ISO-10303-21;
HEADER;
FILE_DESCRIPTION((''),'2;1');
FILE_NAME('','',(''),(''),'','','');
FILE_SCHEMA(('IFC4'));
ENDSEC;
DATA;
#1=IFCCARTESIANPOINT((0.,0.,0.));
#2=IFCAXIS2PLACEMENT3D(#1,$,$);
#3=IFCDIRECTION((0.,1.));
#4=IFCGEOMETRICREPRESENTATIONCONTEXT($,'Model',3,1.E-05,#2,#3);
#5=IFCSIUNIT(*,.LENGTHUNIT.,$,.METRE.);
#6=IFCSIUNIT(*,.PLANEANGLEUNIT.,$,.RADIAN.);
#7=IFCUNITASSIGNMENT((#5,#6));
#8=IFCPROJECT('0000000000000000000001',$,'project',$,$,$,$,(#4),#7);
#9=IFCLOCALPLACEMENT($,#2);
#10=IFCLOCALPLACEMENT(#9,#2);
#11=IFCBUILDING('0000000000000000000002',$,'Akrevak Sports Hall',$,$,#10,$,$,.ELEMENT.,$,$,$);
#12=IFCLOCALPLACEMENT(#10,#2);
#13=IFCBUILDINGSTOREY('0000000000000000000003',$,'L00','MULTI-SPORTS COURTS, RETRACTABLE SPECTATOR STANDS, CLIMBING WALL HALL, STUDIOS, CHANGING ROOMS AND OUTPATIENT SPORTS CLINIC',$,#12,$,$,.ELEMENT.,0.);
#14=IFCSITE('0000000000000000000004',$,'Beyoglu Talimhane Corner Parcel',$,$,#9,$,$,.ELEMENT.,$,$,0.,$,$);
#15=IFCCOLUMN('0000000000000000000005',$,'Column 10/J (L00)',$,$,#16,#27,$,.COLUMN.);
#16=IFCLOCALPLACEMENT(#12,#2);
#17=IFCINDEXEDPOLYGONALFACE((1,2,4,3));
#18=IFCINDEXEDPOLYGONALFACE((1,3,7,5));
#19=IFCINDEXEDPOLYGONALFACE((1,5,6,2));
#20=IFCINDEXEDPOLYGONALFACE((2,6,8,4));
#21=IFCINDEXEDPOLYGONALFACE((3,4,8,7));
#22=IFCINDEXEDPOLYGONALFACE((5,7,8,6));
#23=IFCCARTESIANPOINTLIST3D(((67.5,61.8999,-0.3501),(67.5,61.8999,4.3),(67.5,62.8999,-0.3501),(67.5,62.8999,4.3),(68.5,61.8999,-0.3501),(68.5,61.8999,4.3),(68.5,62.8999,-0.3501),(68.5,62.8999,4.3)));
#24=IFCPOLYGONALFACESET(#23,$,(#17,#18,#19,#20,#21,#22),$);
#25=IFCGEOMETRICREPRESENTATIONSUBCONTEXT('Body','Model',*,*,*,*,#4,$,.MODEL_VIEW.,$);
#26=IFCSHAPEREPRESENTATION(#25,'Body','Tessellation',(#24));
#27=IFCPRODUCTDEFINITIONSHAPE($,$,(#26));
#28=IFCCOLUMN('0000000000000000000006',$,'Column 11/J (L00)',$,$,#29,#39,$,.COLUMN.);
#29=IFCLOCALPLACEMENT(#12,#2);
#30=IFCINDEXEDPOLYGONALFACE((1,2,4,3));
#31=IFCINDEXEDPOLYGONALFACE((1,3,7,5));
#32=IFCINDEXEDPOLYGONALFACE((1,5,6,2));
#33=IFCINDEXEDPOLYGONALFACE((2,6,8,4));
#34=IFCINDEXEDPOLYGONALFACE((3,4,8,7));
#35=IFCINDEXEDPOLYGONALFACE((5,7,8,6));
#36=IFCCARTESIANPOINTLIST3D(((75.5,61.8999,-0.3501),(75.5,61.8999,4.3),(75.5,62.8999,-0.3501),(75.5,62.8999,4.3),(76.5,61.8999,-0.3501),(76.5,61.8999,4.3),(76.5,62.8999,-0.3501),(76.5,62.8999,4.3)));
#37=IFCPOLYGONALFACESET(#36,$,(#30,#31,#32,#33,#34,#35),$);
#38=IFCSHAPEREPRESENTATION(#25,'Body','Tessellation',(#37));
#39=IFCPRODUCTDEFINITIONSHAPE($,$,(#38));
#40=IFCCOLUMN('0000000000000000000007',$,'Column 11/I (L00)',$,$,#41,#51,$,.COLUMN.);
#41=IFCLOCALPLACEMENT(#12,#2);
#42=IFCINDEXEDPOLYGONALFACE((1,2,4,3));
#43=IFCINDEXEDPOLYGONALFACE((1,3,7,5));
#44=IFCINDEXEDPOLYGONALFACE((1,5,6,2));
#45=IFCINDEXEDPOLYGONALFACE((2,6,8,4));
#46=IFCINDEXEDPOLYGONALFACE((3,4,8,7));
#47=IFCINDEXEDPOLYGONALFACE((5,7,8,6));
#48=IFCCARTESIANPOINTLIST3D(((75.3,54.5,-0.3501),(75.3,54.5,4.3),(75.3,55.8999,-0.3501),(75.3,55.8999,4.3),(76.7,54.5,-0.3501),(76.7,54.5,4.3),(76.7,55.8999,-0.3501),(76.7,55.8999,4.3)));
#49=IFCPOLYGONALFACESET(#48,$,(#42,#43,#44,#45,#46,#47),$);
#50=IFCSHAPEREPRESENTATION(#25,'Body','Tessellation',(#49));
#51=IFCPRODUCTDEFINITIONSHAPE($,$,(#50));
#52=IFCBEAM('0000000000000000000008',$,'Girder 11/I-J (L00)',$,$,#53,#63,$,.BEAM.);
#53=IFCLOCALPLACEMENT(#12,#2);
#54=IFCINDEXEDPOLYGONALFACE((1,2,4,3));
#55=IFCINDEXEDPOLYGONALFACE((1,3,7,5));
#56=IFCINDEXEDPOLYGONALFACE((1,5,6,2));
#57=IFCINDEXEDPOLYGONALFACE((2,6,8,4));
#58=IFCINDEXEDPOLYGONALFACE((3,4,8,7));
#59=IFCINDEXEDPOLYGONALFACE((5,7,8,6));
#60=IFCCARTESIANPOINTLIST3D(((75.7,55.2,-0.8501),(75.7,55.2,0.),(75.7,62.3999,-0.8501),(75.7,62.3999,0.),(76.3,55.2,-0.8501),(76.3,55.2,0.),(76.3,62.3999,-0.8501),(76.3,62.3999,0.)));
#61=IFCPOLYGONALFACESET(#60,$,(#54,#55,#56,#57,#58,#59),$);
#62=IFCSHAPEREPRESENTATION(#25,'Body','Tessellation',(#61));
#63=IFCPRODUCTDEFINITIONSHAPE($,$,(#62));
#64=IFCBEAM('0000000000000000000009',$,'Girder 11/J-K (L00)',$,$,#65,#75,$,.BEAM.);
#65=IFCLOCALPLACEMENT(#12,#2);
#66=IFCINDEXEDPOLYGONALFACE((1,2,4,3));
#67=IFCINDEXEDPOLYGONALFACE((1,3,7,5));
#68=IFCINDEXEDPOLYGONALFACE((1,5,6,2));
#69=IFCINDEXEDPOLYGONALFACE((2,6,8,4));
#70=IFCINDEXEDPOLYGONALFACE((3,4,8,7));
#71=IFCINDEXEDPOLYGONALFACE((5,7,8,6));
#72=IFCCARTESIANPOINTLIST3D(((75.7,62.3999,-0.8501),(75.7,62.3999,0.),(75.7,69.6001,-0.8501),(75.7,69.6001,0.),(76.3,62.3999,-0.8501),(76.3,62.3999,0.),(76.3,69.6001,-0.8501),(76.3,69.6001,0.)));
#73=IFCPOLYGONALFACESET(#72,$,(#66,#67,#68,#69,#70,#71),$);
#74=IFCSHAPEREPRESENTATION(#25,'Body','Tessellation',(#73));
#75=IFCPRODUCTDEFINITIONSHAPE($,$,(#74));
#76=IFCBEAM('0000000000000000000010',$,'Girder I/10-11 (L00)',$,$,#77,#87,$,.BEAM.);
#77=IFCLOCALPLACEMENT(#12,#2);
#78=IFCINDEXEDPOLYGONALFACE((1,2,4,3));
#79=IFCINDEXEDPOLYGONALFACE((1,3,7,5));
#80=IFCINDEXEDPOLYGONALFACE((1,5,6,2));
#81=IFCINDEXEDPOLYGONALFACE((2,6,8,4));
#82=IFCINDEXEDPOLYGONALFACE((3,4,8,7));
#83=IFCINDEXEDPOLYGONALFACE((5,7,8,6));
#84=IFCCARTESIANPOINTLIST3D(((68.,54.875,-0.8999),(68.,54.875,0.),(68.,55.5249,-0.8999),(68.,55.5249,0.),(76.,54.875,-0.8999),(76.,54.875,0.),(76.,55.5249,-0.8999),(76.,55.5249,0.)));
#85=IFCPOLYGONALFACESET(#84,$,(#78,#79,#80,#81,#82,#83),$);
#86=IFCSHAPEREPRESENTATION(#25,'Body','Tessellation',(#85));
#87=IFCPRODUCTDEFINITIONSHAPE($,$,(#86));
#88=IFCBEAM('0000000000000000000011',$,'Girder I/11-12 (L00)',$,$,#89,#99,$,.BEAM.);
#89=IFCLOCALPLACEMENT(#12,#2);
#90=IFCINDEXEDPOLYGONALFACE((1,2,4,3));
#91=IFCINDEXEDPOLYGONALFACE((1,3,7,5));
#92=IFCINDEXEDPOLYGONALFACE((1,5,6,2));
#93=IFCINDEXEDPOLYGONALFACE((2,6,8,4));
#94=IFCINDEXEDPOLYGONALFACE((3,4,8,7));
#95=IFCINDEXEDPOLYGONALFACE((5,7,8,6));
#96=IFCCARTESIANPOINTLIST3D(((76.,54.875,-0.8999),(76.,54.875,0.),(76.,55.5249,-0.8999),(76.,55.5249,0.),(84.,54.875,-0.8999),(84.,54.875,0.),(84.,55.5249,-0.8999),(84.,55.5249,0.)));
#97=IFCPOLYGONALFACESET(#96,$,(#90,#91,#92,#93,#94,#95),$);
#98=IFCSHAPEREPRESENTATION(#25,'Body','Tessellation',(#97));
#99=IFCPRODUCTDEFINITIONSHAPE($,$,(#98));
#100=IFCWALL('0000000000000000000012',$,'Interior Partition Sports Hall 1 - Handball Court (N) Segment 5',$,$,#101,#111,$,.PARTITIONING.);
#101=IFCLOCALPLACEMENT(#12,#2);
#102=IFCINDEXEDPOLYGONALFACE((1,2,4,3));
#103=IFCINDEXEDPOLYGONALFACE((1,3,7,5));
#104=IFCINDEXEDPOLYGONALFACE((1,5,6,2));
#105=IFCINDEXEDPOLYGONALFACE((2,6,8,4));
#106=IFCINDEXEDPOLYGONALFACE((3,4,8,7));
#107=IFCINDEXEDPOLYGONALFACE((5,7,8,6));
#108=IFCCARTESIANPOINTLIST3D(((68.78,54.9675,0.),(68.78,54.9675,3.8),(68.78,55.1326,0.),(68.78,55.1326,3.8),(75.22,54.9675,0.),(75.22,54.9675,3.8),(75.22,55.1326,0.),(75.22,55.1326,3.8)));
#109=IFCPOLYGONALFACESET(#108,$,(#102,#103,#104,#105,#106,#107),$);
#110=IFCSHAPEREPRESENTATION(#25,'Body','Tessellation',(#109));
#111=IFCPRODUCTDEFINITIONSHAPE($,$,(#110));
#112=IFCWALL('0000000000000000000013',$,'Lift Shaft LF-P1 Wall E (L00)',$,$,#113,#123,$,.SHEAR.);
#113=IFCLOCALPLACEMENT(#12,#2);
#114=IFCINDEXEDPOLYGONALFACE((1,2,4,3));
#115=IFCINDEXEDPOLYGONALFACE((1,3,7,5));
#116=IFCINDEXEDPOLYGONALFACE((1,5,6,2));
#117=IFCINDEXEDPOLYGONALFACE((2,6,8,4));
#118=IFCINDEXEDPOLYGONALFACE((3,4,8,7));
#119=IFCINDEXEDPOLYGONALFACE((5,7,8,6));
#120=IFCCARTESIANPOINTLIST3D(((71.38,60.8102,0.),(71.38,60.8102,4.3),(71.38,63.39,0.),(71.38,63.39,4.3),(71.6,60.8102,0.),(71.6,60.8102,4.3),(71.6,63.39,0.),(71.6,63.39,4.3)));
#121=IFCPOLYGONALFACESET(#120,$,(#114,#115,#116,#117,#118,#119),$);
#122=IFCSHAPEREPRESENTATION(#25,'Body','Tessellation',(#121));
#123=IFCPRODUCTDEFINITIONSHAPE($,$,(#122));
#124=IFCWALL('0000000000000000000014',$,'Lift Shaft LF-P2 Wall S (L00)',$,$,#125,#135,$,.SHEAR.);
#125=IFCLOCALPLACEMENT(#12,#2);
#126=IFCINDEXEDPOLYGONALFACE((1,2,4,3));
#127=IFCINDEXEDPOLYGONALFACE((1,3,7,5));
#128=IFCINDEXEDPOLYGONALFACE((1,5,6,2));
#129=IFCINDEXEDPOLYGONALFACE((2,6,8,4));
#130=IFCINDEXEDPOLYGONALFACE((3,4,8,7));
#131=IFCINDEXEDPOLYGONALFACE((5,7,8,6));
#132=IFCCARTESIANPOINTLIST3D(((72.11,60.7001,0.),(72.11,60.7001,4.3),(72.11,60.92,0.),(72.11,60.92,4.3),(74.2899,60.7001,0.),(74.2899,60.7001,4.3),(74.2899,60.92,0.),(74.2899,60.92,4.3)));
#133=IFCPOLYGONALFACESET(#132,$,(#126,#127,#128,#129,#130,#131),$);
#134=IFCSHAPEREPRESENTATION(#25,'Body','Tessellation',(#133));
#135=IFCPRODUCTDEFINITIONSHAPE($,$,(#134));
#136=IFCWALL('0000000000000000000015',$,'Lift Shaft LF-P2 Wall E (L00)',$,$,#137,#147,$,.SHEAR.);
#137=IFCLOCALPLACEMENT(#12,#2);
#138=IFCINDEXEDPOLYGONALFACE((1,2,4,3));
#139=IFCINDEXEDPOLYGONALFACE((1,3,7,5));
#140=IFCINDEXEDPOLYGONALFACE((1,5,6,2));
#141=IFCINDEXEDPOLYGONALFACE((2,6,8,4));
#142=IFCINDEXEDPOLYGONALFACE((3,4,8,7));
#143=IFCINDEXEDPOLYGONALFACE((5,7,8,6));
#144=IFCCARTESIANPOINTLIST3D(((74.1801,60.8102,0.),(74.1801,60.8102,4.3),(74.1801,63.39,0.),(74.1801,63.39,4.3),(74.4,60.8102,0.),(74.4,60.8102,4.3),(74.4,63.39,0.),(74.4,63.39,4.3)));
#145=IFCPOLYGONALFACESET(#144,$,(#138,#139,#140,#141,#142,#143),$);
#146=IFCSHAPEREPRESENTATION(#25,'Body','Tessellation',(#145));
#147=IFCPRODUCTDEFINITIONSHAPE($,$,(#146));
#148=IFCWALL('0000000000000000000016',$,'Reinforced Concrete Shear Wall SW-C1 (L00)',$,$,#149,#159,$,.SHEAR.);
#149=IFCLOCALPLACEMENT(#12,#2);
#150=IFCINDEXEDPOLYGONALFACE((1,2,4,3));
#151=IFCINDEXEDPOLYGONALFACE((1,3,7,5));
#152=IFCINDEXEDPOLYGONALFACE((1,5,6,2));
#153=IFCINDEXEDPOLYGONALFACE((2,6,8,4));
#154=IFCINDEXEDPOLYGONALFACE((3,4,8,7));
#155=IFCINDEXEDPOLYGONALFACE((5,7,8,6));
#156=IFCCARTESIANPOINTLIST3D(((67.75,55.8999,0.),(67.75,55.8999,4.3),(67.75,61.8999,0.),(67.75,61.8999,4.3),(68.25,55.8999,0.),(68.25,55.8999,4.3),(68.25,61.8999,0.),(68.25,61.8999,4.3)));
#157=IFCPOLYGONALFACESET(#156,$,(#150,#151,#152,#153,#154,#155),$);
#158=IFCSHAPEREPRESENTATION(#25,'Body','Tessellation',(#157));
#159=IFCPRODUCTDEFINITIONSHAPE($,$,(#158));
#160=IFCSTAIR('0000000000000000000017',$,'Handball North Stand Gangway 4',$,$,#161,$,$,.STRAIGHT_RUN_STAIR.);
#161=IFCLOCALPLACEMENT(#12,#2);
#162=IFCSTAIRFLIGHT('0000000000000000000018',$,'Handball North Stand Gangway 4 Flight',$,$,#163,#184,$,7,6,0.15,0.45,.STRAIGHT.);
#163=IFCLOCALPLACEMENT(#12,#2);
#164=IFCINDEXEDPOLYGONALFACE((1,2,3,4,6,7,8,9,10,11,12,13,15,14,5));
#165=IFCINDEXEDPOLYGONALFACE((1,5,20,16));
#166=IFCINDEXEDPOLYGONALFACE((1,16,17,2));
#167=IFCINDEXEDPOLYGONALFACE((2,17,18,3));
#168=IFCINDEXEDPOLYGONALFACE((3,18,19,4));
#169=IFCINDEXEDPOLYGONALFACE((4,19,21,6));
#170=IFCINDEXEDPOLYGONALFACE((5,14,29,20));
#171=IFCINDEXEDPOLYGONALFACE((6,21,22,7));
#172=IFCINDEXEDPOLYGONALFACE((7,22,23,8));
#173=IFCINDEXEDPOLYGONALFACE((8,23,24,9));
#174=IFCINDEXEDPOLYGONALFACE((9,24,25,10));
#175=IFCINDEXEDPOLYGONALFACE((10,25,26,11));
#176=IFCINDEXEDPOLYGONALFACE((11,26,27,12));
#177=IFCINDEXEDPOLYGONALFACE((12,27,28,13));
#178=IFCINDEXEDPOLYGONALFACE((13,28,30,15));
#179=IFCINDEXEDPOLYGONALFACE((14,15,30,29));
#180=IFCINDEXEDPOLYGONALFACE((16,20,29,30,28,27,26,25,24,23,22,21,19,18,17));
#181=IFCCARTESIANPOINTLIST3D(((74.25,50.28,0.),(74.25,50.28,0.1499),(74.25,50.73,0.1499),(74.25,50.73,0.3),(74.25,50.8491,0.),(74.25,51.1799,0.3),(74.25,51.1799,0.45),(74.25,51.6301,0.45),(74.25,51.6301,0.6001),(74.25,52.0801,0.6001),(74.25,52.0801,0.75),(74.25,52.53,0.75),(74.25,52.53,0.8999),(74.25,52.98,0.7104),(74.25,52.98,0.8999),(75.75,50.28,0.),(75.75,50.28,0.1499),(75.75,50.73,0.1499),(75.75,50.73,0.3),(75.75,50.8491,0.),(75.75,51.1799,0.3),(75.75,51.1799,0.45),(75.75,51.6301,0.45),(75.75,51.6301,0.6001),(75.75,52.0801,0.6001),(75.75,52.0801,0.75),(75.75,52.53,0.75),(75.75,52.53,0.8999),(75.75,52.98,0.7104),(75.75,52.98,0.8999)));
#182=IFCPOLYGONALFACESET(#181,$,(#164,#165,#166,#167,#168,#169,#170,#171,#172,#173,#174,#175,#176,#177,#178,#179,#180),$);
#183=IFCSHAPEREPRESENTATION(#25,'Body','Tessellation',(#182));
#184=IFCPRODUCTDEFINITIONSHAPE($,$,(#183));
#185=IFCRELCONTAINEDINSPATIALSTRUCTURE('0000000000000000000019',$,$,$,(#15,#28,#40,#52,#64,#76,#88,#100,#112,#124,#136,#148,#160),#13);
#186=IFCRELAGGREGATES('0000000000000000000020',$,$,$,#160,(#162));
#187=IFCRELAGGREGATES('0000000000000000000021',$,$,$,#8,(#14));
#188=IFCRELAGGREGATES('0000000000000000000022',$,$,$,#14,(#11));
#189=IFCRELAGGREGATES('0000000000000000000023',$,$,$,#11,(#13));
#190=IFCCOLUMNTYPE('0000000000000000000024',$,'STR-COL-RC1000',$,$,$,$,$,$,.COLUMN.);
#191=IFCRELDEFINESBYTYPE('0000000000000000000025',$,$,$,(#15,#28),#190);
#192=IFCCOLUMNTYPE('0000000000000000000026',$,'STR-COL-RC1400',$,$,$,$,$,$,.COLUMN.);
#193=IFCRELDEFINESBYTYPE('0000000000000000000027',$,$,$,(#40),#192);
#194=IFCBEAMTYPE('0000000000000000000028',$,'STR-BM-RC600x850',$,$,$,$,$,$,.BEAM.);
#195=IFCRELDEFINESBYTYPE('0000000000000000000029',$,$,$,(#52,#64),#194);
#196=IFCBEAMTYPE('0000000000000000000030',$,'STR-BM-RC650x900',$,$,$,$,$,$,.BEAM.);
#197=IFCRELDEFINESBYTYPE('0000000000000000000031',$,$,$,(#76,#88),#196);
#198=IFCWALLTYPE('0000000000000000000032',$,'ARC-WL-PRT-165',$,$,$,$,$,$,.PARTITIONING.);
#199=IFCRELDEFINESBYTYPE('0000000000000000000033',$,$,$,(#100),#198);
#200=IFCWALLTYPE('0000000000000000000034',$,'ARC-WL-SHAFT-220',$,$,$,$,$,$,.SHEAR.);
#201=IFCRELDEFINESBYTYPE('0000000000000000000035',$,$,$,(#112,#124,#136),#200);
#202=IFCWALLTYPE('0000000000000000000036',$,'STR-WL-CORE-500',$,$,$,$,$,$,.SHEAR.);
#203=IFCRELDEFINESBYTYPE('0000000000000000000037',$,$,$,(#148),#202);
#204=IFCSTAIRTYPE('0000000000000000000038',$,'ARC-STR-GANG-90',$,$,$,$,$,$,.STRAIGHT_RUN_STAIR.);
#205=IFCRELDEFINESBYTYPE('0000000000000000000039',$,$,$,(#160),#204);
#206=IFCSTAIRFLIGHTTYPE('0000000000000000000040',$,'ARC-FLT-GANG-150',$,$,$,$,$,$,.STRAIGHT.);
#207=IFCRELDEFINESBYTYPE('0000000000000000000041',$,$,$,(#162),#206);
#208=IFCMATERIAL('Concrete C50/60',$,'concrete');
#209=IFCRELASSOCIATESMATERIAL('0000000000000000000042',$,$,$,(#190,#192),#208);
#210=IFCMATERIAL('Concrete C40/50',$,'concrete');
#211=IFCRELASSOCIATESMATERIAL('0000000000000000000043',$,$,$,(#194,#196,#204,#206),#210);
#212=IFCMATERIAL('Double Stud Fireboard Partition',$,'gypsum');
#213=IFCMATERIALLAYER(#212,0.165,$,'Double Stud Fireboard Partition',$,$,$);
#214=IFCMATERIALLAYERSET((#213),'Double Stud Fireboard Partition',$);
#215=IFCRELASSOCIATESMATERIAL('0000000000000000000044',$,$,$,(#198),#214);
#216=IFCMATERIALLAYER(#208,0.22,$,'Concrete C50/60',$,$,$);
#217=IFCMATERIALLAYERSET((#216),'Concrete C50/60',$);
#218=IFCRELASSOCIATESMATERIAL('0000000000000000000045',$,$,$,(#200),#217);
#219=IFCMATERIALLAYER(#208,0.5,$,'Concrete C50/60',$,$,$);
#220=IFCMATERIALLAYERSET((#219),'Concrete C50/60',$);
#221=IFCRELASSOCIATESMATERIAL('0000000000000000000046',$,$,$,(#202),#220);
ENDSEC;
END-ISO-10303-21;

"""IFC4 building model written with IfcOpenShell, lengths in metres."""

from ifc_helpers import new_model, si_unit, direction, frame, frame_2d, origin, origin_2d, place, context, subcontext, project, spatial, polyline, rectangle, outline, extrude, material, layer, layer_set, material_profile, profile_set, type_object, element, aggregate, save


model = new_model("IFC4")

# Units and contexts
model_context = context("Model", 3, precision=1e-05, world=origin(), true_north=direction((0.0, 1.0)))
body_context = subcontext(model_context, "Body", "Model", "MODEL_VIEW")
ifc_project = project(units=[si_unit("LENGTHUNIT", "METRE"), si_unit("PLANEANGLEUNIT", "RADIAN")], contexts=[model_context])

# Site, building, storey
site_placement = place(None, origin())
site = spatial("IfcSite", under=ifc_project, at=site_placement, Name="Beyoglu Talimhane Corner Parcel", CompositionType="ELEMENT", RefElevation=0.0)
building_placement = place(site_placement, origin())
building = spatial("IfcBuilding", under=site, at=building_placement, Name="Akrevak Sports Hall", CompositionType="ELEMENT")
storey_placement = place(building_placement, origin())
storey = spatial("IfcBuildingStorey", under=building, at=storey_placement, Name="L00", Description="MULTI-SPORTS COURTS, RETRACTABLE SPECTATOR STANDS, CLIMBING WALL HALL, STUDIOS, CHANGING ROOMS AND OUTPATIENT SPORTS CLINIC", CompositionType="ELEMENT", Elevation=0.0)

# Columns
ifc_material_1 = material(Name="Concrete C50/60", Category="concrete")
ifc_material_profile_1 = material_profile(ifc_material_1, rectangle(XDim=1.0, YDim=1.0, at=origin_2d()), Name="RC 1000x1000", Category="concrete")
ifc_profile_set_1 = profile_set([ifc_material_profile_1], Name="Concrete C50/60")
column_type_1 = type_object("IfcColumnType", Name="STR-COL-RC1000", PredefinedType="COLUMN", material=ifc_profile_set_1)
for number, where, z_axis, x_axis, name in (
    (1, (68.0, 62.3999, -0.3501), (0.0, 0.0, 1.0), (1.0, 0.0, 0.0), "Column 10/J (L00)"),
    (2, (76.0, 62.3999, -0.3501), (0.0, 0.0, 1.0), (1.0, 0.0, 0.0), "Column 11/J (L00)"),
):
    element("IfcColumn", number, at=place(storey_placement, frame(where, z_axis=z_axis, x_axis=x_axis)), inside=storey, type_object=column_type_1, Name=name, PredefinedType="COLUMN", context=body_context, shape_type="SweptSolid", body=[
        extrude(rectangle(XDim=1.0, YDim=1.0, at=origin_2d()), origin(), (0.0, 0.0, 1.0), 4.6501),
    ])
ifc_material_profile_2 = material_profile(ifc_material_1, rectangle(XDim=1.3999, YDim=1.3999, at=origin_2d()), Name="RC 1400x1400", Category="concrete")
ifc_profile_set_2 = profile_set([ifc_material_profile_2], Name="Concrete C50/60")
column_type_2 = type_object("IfcColumnType", Name="STR-COL-RC1400", PredefinedType="COLUMN", material=ifc_profile_set_2)
column_placement = place(storey_placement, frame((76.0, 55.2, -0.3501), z_axis=(0.0, 0.0, 1.0), x_axis=(1.0, 0.0, 0.0)))
element("IfcColumn", 3, at=column_placement, inside=storey, type_object=column_type_2, Name="Column 11/I (L00)", PredefinedType="COLUMN", context=body_context, shape_type="SweptSolid", body=[
    extrude(rectangle(XDim=1.3999, YDim=1.3999, at=origin_2d()), origin(), (0.0, 0.0, 1.0), 4.6501),
])

# Beams
ifc_material_2 = material(Name="Concrete C40/50", Category="concrete")
ifc_material_profile_3 = material_profile(ifc_material_2, rectangle(XDim=0.6001, YDim=0.8501, at=origin_2d()), Name="BM 600x850", Category="concrete")
ifc_profile_set_3 = profile_set([ifc_material_profile_3], Name="Concrete C40/50")
beam_type_1 = type_object("IfcBeamType", Name="STR-BM-RC600x850", PredefinedType="BEAM", material=ifc_profile_set_3)
beam_1_placement = place(storey_placement, frame((76.0, 55.2, -0.425), z_axis=(0.0, 1.0, 0.0), x_axis=(-1.0, 0.0, 0.0)))
element("IfcBeam", 4, at=beam_1_placement, inside=storey, type_object=beam_type_1, Name="Girder 11/I-J (L00)", PredefinedType="BEAM", context=body_context, shape_type="SweptSolid", body=[
    extrude(rectangle(XDim=0.6001, YDim=0.8501, at=origin_2d()), origin(), (0.0, 0.0, 1.0), 7.2),
])
beam_2_placement = place(storey_placement, frame((76.0, 62.3999, -0.425), z_axis=(0.0, 1.0, 0.0), x_axis=(-1.0, 0.0, 0.0)))
element("IfcBeam", 5, at=beam_2_placement, inside=storey, type_object=beam_type_1, Name="Girder 11/J-K (L00)", PredefinedType="BEAM", context=body_context, shape_type="SweptSolid", body=[
    extrude(rectangle(XDim=0.6001, YDim=0.8501, at=origin_2d()), origin(), (0.0, 0.0, 1.0), 7.2002),
])
ifc_material_profile_4 = material_profile(ifc_material_2, rectangle(XDim=0.6499, YDim=0.8999, at=origin_2d()), Name="BM 650x900", Category="concrete")
ifc_profile_set_4 = profile_set([ifc_material_profile_4], Name="Concrete C40/50")
beam_type_2 = type_object("IfcBeamType", Name="STR-BM-RC650x900", PredefinedType="BEAM", material=ifc_profile_set_4)
for number, where, z_axis, x_axis, name in (
    (6, (68.0, 55.2, -0.45), (1.0, 0.0, 0.0), (0.0, 1.0, 0.0), "Girder I/10-11 (L00)"),
    (7, (76.0, 55.2, -0.45), (1.0, 0.0, 0.0), (0.0, 1.0, 0.0), "Girder I/11-12 (L00)"),
):
    element("IfcBeam", number, at=place(storey_placement, frame(where, z_axis=z_axis, x_axis=x_axis)), inside=storey, type_object=beam_type_2, Name=name, PredefinedType="BEAM", context=body_context, shape_type="SweptSolid", body=[
        extrude(rectangle(XDim=0.6499, YDim=0.8999, at=origin_2d()), origin(), (0.0, 0.0, 1.0), 8.0),
    ])

# Walls
ifc_material_3 = material(Name="Double Stud Fireboard Partition", Category="gypsum")
ifc_layer_1 = layer(ifc_material_3, 0.165, Name="Double Stud Fireboard Partition")
ifc_layer_set_1 = layer_set([ifc_layer_1], Name="Double Stud Fireboard Partition")
wall_type_1 = type_object("IfcWallType", Name="ARC-WL-PRT-165", PredefinedType="PARTITIONING", material=ifc_layer_set_1)
wall_1_placement = place(storey_placement, frame((68.78, 55.05, 0.0), z_axis=(0.0, 0.0, 1.0), x_axis=(1.0, 0.0, 0.0)))
element("IfcWall", 8, at=wall_1_placement, inside=storey, type_object=wall_type_1, Name="Interior Partition Sports Hall 1 - Handball Court (N) Segment 5", PredefinedType="PARTITIONING", context=body_context, shape_type="SweptSolid", body=[
    extrude(rectangle(XDim=6.4399, YDim=0.165, at=frame_2d((3.22, 0.0))), origin(), (0.0, 0.0, 1.0), 3.8),
])
ifc_layer_2 = layer(ifc_material_1, 0.22, Name="Concrete C50/60")
ifc_layer_set_2 = layer_set([ifc_layer_2], Name="Concrete C50/60")
wall_type_2 = type_object("IfcWallType", Name="ARC-WL-SHAFT-220", PredefinedType="SHEAR", material=ifc_layer_set_2)
wall_2_placement = place(storey_placement, frame((71.49, 60.8101, 0.0), z_axis=(0.0, 0.0, 1.0), x_axis=(0.0, 1.0, 0.0)))
element("IfcWall", 9, at=wall_2_placement, inside=storey, type_object=wall_type_2, Name="Lift Shaft LF-P1 Wall E (L00)", PredefinedType="SHEAR", context=body_context, shape_type="SweptSolid", body=[
    extrude(rectangle(XDim=2.5798, YDim=0.22, at=frame_2d((1.29, 0.0))), origin(), (0.0, 0.0, 1.0), 4.3),
])
wall_3_placement = place(storey_placement, frame((72.1101, 60.8101, 0.0), z_axis=(0.0, 0.0, 1.0), x_axis=(1.0, 0.0, 0.0)))
element("IfcWall", 10, at=wall_3_placement, inside=storey, type_object=wall_type_2, Name="Lift Shaft LF-P2 Wall S (L00)", PredefinedType="SHEAR", context=body_context, shape_type="SweptSolid", body=[
    extrude(rectangle(XDim=2.1799, YDim=0.22, at=frame_2d((1.0898, 0.0))), origin(), (0.0, 0.0, 1.0), 4.3),
])
wall_4_placement = place(storey_placement, frame((74.29, 60.8101, 0.0), z_axis=(0.0, 0.0, 1.0), x_axis=(0.0, 1.0, 0.0)))
element("IfcWall", 11, at=wall_4_placement, inside=storey, type_object=wall_type_2, Name="Lift Shaft LF-P2 Wall E (L00)", PredefinedType="SHEAR", context=body_context, shape_type="SweptSolid", body=[
    extrude(rectangle(XDim=2.5798, YDim=0.22, at=frame_2d((1.29, 0.0))), origin(), (0.0, 0.0, 1.0), 4.3),
])
ifc_layer_3 = layer(ifc_material_1, 0.5, Name="Concrete C50/60")
ifc_layer_set_3 = layer_set([ifc_layer_3], Name="Concrete C50/60")
wall_type_3 = type_object("IfcWallType", Name="STR-WL-CORE-500", PredefinedType="SHEAR", material=ifc_layer_set_3)
wall_5_placement = place(storey_placement, frame((68.0, 55.8999, 0.0), z_axis=(0.0, 0.0, 1.0), x_axis=(0.0, 1.0, 0.0)))
element("IfcWall", 12, at=wall_5_placement, inside=storey, type_object=wall_type_3, Name="Reinforced Concrete Shear Wall SW-C1 (L00)", PredefinedType="SHEAR", context=body_context, shape_type="SweptSolid", body=[
    extrude(rectangle(XDim=6.0, YDim=0.5, at=frame_2d((3.0, 0.0))), origin(), (0.0, 0.0, 1.0), 4.3),
])

# Stair, stair flight
stair_type = type_object("IfcStairType", Name="ARC-STR-GANG-90", PredefinedType="STRAIGHT_RUN_STAIR", material=ifc_material_2)
stair_placement = place(storey_placement, origin())
stair = element("IfcStair", 13, at=stair_placement, inside=storey, type_object=stair_type, Name="Handball North Stand Gangway 4", PredefinedType="STRAIGHT_RUN_STAIR")
stair_flight_type = type_object("IfcStairFlightType", Name="ARC-FLT-GANG-150", PredefinedType="STRAIGHT", material=ifc_material_2)
stair_flight_placement = place(storey_placement, frame((75.0, 50.28, 0.0), z_axis=(0.0, 0.0, 1.0), x_axis=(0.0, 1.0, 0.0)))
stair_flight = element("IfcStairFlight", 14, at=stair_flight_placement, type_object=stair_flight_type, Name="Handball North Stand Gangway 4 Flight", NumberOfRisers=7, NumberOfTreads=6, PredefinedType="STRAIGHT", RiserHeight=0.15, TreadLength=0.45, context=body_context, shape_type="SweptSolid", body=[
    extrude(outline(polyline([(0.0, 0.0), (0.0, 0.1499), (0.45, 0.1499), (0.45, 0.3), (0.8999, 0.3), (0.8999, 0.45), (1.3501, 0.45), (1.3501, 0.6001), (1.8, 0.6001), (1.8, 0.75), (2.25, 0.75), (2.25, 0.8999), (2.7, 0.8999), (2.7, 1.05), (2.7, 0.7104), (0.5691, 0.0), (0.0, 0.0)])), frame((0.0, 0.75, 0.0), z_axis=(0.0, -1.0, 0.0), x_axis=(1.0, 0.0, 0.0)), (0.0, 0.0, 1.0), 1.5),
])
aggregate(stair, [stair_flight])

save(model, "model.ifc")
